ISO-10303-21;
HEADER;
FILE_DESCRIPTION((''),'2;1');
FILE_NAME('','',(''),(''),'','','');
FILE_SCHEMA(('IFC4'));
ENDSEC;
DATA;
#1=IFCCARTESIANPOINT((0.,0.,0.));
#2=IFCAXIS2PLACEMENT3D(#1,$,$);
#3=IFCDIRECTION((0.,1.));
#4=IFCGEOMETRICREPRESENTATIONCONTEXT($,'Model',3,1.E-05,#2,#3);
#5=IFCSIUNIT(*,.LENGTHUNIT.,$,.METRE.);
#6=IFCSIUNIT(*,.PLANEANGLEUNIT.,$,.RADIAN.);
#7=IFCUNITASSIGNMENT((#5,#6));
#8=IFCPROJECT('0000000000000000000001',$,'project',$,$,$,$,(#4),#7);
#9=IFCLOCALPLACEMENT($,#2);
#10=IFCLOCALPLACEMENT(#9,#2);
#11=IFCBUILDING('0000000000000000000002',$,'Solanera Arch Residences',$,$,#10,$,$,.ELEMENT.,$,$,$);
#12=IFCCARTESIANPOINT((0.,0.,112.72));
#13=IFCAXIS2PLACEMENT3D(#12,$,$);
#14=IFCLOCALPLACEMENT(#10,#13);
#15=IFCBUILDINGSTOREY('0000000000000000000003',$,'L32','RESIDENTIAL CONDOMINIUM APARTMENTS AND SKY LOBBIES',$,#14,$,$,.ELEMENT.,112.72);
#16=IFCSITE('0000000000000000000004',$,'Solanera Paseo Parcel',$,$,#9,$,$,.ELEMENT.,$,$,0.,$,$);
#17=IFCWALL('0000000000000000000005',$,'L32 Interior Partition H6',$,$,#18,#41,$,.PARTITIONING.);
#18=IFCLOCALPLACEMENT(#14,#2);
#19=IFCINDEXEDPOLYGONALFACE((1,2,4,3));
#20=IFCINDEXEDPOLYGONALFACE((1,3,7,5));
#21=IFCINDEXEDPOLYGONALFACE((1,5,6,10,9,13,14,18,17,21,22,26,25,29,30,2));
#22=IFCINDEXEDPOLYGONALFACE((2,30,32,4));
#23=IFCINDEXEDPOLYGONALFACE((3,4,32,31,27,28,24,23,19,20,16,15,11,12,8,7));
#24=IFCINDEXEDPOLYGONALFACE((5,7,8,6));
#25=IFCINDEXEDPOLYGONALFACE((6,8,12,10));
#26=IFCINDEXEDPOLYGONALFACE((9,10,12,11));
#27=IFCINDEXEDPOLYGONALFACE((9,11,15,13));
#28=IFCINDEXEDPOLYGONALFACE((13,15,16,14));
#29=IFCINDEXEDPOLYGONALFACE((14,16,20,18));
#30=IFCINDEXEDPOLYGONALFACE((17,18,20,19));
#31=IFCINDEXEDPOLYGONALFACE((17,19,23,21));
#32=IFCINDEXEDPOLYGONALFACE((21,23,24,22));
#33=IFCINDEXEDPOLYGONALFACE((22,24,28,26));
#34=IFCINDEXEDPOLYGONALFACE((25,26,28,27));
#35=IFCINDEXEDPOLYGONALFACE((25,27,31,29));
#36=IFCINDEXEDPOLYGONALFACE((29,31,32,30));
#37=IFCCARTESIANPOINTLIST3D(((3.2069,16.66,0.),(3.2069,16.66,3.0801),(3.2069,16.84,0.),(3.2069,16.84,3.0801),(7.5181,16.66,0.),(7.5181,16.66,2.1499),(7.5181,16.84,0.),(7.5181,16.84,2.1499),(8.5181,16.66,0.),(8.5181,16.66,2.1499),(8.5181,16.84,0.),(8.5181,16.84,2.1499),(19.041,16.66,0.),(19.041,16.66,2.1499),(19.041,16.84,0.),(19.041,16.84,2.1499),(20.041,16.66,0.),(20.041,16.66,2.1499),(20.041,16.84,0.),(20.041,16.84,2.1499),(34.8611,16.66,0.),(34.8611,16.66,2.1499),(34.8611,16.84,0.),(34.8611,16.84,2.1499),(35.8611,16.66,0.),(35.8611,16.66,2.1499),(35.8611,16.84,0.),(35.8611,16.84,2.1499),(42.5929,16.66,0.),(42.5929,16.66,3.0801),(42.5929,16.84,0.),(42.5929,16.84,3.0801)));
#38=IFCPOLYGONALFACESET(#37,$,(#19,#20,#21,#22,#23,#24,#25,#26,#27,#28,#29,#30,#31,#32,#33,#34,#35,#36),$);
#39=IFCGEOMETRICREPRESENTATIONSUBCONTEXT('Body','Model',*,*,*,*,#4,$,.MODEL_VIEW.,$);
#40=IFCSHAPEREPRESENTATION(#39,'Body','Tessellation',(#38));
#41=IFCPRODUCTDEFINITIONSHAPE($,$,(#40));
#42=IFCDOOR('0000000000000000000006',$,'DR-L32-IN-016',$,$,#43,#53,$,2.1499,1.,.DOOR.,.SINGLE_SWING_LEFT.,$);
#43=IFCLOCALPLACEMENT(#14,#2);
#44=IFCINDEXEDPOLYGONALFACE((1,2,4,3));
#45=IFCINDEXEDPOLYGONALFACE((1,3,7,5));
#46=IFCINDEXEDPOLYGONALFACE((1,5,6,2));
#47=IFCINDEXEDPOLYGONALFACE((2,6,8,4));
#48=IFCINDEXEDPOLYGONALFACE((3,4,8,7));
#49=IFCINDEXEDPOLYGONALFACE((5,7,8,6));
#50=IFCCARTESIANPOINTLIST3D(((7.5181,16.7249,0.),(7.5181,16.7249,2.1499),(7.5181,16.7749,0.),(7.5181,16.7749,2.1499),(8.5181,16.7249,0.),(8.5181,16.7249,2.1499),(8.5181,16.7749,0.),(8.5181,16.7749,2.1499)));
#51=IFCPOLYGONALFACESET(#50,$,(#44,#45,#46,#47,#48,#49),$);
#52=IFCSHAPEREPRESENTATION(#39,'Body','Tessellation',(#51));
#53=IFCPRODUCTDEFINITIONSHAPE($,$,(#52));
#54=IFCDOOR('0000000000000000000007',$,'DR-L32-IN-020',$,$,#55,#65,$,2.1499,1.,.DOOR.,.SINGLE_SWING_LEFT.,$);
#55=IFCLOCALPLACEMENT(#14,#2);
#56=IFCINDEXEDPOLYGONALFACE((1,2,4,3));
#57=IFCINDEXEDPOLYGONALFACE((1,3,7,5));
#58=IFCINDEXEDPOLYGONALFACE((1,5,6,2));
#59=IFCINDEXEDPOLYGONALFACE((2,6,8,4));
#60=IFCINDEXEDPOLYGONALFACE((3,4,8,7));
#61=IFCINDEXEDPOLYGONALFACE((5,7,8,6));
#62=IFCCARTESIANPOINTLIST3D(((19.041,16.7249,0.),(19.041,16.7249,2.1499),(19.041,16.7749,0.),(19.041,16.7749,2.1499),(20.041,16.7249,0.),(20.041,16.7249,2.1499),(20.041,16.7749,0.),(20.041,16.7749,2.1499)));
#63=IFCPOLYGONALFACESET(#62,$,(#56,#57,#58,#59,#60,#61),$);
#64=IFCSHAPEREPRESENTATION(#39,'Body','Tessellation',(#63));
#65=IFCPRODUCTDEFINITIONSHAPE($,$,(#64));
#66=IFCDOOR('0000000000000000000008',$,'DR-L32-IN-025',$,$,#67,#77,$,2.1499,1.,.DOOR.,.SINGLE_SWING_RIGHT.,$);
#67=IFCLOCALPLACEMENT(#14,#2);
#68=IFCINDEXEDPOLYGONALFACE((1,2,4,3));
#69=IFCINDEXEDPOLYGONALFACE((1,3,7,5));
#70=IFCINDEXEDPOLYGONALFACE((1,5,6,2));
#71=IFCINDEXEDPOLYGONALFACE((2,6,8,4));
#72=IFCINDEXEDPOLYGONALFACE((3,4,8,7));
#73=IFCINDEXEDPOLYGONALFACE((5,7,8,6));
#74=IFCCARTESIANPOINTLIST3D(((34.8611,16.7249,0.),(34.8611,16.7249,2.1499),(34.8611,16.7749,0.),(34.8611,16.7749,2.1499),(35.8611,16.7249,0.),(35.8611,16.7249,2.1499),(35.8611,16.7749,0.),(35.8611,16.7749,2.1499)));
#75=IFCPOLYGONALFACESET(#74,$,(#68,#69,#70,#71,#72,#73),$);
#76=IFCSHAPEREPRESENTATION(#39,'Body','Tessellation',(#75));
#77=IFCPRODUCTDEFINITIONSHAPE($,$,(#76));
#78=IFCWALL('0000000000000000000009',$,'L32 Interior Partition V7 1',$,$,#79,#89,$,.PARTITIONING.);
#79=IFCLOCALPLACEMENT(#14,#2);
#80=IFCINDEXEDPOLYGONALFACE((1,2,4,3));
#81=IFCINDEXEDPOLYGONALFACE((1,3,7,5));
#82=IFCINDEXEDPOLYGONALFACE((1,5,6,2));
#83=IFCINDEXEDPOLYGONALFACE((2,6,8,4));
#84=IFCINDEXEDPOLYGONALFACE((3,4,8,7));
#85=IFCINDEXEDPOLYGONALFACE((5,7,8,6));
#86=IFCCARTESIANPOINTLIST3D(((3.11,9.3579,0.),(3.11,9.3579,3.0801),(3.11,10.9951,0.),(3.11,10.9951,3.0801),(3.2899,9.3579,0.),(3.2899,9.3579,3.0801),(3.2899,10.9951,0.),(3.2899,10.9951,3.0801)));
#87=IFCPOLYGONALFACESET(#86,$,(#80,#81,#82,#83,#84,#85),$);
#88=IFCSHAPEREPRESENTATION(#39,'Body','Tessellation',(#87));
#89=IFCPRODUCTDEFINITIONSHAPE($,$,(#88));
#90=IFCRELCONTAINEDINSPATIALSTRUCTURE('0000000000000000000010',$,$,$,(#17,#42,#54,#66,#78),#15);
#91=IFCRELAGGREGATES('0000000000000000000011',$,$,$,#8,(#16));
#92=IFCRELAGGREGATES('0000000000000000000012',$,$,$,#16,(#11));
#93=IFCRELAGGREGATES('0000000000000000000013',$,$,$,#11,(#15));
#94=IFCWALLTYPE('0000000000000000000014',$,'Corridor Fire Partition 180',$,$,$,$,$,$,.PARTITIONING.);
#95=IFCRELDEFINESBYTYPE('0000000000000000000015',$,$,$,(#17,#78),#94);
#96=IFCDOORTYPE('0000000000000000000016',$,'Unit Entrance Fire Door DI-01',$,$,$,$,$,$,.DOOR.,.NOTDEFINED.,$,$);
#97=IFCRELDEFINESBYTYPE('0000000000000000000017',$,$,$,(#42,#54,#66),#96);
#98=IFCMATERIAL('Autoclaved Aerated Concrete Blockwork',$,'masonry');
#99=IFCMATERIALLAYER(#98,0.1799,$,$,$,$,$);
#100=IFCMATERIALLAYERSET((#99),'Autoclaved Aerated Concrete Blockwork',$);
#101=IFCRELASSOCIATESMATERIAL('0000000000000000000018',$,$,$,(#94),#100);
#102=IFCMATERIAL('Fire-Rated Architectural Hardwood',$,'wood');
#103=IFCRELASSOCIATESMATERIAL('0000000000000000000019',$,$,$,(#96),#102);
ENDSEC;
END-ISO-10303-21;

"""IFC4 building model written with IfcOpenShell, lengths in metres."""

from ifc_helpers import new_model, si_unit, direction, frame, frame_2d, origin, place, context, subcontext, project, spatial, rectangle, extrude, material, layer, layer_set, type_object, element, fill, save


model = new_model("IFC4")

# Units and contexts
model_context = context("Model", 3, precision=1e-05, world=origin(), true_north=direction((0.0, 1.0)))
body_context = subcontext(model_context, "Body", "Model", "MODEL_VIEW")
ifc_project = project(units=[si_unit("LENGTHUNIT", "METRE"), si_unit("PLANEANGLEUNIT", "RADIAN")], contexts=[model_context])

# Site, building, storey
site_placement = place(None, origin())
site = spatial("IfcSite", under=ifc_project, at=site_placement, Name="Solanera Paseo Parcel", CompositionType="ELEMENT", RefElevation=0.0)
building_placement = place(site_placement, origin())
building = spatial("IfcBuilding", under=site, at=building_placement, Name="Solanera Arch Residences", CompositionType="ELEMENT")
storey_placement = place(building_placement, frame((0.0, 0.0, 112.72)))
storey = spatial("IfcBuildingStorey", under=building, at=storey_placement, Name="L32", Description="RESIDENTIAL CONDOMINIUM APARTMENTS AND SKY LOBBIES", CompositionType="ELEMENT", Elevation=112.72)

# Wall, openings, doors
ifc_material_1 = material(Name="Autoclaved Aerated Concrete Blockwork", Category="masonry")
ifc_layer_1 = layer(ifc_material_1, 0.1799)
ifc_layer_set_1 = layer_set([ifc_layer_1], Name="Autoclaved Aerated Concrete Blockwork")
wall_type_1 = type_object("IfcWallType", Name="Corridor Fire Partition 180", PredefinedType="PARTITIONING", material=ifc_layer_set_1)
wall_1_placement = place(storey_placement, frame((3.207, 16.75, 0.0), z_axis=(0.0, 0.0, 1.0), x_axis=(1.0, 0.0, 0.0)))
wall_1 = element("IfcWall", 1, at=wall_1_placement, inside=storey, type_object=wall_type_1, Name="L32 Interior Partition H6", PredefinedType="PARTITIONING", context=body_context, shape_type="SweptSolid", body=[
    extrude(rectangle(XDim=39.386, YDim=0.1799, at=frame_2d((19.6929, 0.0))), origin(), (0.0, 0.0, 1.0), 3.0801),
])
opening_1_placement = place(wall_1_placement, frame((4.311, 0.0, 0.0)))
opening_1 = element("IfcOpeningElement", 2, at=opening_1_placement, cuts=wall_1, PredefinedType="OPENING", context=body_context, shape_type="SweptSolid", body=[
    extrude(rectangle(XDim=1.0, YDim=2.1499, at=frame_2d((0.5, 1.075))), frame((0.0, 0.1001, 0.0), z_axis=(0.0, -1.0, 0.0), x_axis=(1.0, 0.0, 0.0)), (0.0, 0.0, 1.0), 0.1999),
])
opening_2_placement = place(wall_1_placement, frame((15.834, 0.0, 0.0)))
opening_2 = element("IfcOpeningElement", 3, at=opening_2_placement, cuts=wall_1, PredefinedType="OPENING", context=body_context, shape_type="SweptSolid", body=[
    extrude(rectangle(XDim=1.0, YDim=2.1499, at=frame_2d((0.5, 1.075))), frame((0.0, 0.1001, 0.0), z_axis=(0.0, -1.0, 0.0), x_axis=(1.0, 0.0, 0.0)), (0.0, 0.0, 1.0), 0.1999),
])
opening_3_placement = place(wall_1_placement, frame((31.6541, 0.0, 0.0)))
opening_3 = element("IfcOpeningElement", 4, at=opening_3_placement, cuts=wall_1, PredefinedType="OPENING", context=body_context, shape_type="SweptSolid", body=[
    extrude(rectangle(XDim=1.0, YDim=2.1499, at=frame_2d((0.5, 1.075))), frame((0.0, 0.1001, 0.0), z_axis=(0.0, -1.0, 0.0), x_axis=(1.0, 0.0, 0.0)), (0.0, 0.0, 1.0), 0.1999),
])
ifc_material_2 = material(Name="Fire-Rated Architectural Hardwood", Category="wood")
door_type_1 = type_object("IfcDoorType", Name="Unit Entrance Fire Door DI-01", OperationType="NOTDEFINED", PredefinedType="DOOR", material=ifc_material_2)
door_1_placement = place(opening_1_placement, origin())
door_1 = element("IfcDoor", 5, at=door_1_placement, inside=storey, type_object=door_type_1, Name="DR-L32-IN-016", OperationType="SINGLE_SWING_LEFT", OverallHeight=2.1499, OverallWidth=1.0, PredefinedType="DOOR", context=body_context, shape_type="SweptSolid", body=[
    extrude(rectangle(XDim=1.0, YDim=2.1499, at=frame_2d((0.5, 1.075))), frame((0.0, 0.0249, 0.0), z_axis=(0.0, -1.0, 0.0), x_axis=(1.0, 0.0, 0.0)), (0.0, 0.0, 1.0), 0.05),
])
fill(opening_1, door_1)
door_2_placement = place(opening_2_placement, origin())
door_2 = element("IfcDoor", 6, at=door_2_placement, inside=storey, type_object=door_type_1, Name="DR-L32-IN-020", OperationType="SINGLE_SWING_LEFT", OverallHeight=2.1499, OverallWidth=1.0, PredefinedType="DOOR", context=body_context, shape_type="SweptSolid", body=[
    extrude(rectangle(XDim=1.0, YDim=2.1499, at=frame_2d((0.5, 1.075))), frame((0.0, 0.0249, 0.0), z_axis=(0.0, -1.0, 0.0), x_axis=(1.0, 0.0, 0.0)), (0.0, 0.0, 1.0), 0.05),
])
fill(opening_2, door_2)
door_3_placement = place(opening_3_placement, origin())
door_3 = element("IfcDoor", 7, at=door_3_placement, inside=storey, type_object=door_type_1, Name="DR-L32-IN-025", OperationType="SINGLE_SWING_RIGHT", OverallHeight=2.1499, OverallWidth=1.0, PredefinedType="DOOR", context=body_context, shape_type="SweptSolid", body=[
    extrude(rectangle(XDim=1.0, YDim=2.1499, at=frame_2d((0.5, 1.075))), frame((0.0, 0.0249, 0.0), z_axis=(0.0, -1.0, 0.0), x_axis=(1.0, 0.0, 0.0)), (0.0, 0.0, 1.0), 0.05),
])
fill(opening_3, door_3)

# Wall
wall_2_placement = place(storey_placement, frame((3.2, 9.3579, 0.0), z_axis=(0.0, 0.0, 1.0), x_axis=(0.0, 1.0, 0.0)))
element("IfcWall", 8, at=wall_2_placement, inside=storey, type_object=wall_type_1, Name="L32 Interior Partition V7 1", PredefinedType="PARTITIONING", context=body_context, shape_type="SweptSolid", body=[
    extrude(rectangle(XDim=1.6372, YDim=0.1799, at=frame_2d((0.8186, 0.0))), origin(), (0.0, 0.0, 1.0), 3.0801),
])

save(model, "model.ifc")
